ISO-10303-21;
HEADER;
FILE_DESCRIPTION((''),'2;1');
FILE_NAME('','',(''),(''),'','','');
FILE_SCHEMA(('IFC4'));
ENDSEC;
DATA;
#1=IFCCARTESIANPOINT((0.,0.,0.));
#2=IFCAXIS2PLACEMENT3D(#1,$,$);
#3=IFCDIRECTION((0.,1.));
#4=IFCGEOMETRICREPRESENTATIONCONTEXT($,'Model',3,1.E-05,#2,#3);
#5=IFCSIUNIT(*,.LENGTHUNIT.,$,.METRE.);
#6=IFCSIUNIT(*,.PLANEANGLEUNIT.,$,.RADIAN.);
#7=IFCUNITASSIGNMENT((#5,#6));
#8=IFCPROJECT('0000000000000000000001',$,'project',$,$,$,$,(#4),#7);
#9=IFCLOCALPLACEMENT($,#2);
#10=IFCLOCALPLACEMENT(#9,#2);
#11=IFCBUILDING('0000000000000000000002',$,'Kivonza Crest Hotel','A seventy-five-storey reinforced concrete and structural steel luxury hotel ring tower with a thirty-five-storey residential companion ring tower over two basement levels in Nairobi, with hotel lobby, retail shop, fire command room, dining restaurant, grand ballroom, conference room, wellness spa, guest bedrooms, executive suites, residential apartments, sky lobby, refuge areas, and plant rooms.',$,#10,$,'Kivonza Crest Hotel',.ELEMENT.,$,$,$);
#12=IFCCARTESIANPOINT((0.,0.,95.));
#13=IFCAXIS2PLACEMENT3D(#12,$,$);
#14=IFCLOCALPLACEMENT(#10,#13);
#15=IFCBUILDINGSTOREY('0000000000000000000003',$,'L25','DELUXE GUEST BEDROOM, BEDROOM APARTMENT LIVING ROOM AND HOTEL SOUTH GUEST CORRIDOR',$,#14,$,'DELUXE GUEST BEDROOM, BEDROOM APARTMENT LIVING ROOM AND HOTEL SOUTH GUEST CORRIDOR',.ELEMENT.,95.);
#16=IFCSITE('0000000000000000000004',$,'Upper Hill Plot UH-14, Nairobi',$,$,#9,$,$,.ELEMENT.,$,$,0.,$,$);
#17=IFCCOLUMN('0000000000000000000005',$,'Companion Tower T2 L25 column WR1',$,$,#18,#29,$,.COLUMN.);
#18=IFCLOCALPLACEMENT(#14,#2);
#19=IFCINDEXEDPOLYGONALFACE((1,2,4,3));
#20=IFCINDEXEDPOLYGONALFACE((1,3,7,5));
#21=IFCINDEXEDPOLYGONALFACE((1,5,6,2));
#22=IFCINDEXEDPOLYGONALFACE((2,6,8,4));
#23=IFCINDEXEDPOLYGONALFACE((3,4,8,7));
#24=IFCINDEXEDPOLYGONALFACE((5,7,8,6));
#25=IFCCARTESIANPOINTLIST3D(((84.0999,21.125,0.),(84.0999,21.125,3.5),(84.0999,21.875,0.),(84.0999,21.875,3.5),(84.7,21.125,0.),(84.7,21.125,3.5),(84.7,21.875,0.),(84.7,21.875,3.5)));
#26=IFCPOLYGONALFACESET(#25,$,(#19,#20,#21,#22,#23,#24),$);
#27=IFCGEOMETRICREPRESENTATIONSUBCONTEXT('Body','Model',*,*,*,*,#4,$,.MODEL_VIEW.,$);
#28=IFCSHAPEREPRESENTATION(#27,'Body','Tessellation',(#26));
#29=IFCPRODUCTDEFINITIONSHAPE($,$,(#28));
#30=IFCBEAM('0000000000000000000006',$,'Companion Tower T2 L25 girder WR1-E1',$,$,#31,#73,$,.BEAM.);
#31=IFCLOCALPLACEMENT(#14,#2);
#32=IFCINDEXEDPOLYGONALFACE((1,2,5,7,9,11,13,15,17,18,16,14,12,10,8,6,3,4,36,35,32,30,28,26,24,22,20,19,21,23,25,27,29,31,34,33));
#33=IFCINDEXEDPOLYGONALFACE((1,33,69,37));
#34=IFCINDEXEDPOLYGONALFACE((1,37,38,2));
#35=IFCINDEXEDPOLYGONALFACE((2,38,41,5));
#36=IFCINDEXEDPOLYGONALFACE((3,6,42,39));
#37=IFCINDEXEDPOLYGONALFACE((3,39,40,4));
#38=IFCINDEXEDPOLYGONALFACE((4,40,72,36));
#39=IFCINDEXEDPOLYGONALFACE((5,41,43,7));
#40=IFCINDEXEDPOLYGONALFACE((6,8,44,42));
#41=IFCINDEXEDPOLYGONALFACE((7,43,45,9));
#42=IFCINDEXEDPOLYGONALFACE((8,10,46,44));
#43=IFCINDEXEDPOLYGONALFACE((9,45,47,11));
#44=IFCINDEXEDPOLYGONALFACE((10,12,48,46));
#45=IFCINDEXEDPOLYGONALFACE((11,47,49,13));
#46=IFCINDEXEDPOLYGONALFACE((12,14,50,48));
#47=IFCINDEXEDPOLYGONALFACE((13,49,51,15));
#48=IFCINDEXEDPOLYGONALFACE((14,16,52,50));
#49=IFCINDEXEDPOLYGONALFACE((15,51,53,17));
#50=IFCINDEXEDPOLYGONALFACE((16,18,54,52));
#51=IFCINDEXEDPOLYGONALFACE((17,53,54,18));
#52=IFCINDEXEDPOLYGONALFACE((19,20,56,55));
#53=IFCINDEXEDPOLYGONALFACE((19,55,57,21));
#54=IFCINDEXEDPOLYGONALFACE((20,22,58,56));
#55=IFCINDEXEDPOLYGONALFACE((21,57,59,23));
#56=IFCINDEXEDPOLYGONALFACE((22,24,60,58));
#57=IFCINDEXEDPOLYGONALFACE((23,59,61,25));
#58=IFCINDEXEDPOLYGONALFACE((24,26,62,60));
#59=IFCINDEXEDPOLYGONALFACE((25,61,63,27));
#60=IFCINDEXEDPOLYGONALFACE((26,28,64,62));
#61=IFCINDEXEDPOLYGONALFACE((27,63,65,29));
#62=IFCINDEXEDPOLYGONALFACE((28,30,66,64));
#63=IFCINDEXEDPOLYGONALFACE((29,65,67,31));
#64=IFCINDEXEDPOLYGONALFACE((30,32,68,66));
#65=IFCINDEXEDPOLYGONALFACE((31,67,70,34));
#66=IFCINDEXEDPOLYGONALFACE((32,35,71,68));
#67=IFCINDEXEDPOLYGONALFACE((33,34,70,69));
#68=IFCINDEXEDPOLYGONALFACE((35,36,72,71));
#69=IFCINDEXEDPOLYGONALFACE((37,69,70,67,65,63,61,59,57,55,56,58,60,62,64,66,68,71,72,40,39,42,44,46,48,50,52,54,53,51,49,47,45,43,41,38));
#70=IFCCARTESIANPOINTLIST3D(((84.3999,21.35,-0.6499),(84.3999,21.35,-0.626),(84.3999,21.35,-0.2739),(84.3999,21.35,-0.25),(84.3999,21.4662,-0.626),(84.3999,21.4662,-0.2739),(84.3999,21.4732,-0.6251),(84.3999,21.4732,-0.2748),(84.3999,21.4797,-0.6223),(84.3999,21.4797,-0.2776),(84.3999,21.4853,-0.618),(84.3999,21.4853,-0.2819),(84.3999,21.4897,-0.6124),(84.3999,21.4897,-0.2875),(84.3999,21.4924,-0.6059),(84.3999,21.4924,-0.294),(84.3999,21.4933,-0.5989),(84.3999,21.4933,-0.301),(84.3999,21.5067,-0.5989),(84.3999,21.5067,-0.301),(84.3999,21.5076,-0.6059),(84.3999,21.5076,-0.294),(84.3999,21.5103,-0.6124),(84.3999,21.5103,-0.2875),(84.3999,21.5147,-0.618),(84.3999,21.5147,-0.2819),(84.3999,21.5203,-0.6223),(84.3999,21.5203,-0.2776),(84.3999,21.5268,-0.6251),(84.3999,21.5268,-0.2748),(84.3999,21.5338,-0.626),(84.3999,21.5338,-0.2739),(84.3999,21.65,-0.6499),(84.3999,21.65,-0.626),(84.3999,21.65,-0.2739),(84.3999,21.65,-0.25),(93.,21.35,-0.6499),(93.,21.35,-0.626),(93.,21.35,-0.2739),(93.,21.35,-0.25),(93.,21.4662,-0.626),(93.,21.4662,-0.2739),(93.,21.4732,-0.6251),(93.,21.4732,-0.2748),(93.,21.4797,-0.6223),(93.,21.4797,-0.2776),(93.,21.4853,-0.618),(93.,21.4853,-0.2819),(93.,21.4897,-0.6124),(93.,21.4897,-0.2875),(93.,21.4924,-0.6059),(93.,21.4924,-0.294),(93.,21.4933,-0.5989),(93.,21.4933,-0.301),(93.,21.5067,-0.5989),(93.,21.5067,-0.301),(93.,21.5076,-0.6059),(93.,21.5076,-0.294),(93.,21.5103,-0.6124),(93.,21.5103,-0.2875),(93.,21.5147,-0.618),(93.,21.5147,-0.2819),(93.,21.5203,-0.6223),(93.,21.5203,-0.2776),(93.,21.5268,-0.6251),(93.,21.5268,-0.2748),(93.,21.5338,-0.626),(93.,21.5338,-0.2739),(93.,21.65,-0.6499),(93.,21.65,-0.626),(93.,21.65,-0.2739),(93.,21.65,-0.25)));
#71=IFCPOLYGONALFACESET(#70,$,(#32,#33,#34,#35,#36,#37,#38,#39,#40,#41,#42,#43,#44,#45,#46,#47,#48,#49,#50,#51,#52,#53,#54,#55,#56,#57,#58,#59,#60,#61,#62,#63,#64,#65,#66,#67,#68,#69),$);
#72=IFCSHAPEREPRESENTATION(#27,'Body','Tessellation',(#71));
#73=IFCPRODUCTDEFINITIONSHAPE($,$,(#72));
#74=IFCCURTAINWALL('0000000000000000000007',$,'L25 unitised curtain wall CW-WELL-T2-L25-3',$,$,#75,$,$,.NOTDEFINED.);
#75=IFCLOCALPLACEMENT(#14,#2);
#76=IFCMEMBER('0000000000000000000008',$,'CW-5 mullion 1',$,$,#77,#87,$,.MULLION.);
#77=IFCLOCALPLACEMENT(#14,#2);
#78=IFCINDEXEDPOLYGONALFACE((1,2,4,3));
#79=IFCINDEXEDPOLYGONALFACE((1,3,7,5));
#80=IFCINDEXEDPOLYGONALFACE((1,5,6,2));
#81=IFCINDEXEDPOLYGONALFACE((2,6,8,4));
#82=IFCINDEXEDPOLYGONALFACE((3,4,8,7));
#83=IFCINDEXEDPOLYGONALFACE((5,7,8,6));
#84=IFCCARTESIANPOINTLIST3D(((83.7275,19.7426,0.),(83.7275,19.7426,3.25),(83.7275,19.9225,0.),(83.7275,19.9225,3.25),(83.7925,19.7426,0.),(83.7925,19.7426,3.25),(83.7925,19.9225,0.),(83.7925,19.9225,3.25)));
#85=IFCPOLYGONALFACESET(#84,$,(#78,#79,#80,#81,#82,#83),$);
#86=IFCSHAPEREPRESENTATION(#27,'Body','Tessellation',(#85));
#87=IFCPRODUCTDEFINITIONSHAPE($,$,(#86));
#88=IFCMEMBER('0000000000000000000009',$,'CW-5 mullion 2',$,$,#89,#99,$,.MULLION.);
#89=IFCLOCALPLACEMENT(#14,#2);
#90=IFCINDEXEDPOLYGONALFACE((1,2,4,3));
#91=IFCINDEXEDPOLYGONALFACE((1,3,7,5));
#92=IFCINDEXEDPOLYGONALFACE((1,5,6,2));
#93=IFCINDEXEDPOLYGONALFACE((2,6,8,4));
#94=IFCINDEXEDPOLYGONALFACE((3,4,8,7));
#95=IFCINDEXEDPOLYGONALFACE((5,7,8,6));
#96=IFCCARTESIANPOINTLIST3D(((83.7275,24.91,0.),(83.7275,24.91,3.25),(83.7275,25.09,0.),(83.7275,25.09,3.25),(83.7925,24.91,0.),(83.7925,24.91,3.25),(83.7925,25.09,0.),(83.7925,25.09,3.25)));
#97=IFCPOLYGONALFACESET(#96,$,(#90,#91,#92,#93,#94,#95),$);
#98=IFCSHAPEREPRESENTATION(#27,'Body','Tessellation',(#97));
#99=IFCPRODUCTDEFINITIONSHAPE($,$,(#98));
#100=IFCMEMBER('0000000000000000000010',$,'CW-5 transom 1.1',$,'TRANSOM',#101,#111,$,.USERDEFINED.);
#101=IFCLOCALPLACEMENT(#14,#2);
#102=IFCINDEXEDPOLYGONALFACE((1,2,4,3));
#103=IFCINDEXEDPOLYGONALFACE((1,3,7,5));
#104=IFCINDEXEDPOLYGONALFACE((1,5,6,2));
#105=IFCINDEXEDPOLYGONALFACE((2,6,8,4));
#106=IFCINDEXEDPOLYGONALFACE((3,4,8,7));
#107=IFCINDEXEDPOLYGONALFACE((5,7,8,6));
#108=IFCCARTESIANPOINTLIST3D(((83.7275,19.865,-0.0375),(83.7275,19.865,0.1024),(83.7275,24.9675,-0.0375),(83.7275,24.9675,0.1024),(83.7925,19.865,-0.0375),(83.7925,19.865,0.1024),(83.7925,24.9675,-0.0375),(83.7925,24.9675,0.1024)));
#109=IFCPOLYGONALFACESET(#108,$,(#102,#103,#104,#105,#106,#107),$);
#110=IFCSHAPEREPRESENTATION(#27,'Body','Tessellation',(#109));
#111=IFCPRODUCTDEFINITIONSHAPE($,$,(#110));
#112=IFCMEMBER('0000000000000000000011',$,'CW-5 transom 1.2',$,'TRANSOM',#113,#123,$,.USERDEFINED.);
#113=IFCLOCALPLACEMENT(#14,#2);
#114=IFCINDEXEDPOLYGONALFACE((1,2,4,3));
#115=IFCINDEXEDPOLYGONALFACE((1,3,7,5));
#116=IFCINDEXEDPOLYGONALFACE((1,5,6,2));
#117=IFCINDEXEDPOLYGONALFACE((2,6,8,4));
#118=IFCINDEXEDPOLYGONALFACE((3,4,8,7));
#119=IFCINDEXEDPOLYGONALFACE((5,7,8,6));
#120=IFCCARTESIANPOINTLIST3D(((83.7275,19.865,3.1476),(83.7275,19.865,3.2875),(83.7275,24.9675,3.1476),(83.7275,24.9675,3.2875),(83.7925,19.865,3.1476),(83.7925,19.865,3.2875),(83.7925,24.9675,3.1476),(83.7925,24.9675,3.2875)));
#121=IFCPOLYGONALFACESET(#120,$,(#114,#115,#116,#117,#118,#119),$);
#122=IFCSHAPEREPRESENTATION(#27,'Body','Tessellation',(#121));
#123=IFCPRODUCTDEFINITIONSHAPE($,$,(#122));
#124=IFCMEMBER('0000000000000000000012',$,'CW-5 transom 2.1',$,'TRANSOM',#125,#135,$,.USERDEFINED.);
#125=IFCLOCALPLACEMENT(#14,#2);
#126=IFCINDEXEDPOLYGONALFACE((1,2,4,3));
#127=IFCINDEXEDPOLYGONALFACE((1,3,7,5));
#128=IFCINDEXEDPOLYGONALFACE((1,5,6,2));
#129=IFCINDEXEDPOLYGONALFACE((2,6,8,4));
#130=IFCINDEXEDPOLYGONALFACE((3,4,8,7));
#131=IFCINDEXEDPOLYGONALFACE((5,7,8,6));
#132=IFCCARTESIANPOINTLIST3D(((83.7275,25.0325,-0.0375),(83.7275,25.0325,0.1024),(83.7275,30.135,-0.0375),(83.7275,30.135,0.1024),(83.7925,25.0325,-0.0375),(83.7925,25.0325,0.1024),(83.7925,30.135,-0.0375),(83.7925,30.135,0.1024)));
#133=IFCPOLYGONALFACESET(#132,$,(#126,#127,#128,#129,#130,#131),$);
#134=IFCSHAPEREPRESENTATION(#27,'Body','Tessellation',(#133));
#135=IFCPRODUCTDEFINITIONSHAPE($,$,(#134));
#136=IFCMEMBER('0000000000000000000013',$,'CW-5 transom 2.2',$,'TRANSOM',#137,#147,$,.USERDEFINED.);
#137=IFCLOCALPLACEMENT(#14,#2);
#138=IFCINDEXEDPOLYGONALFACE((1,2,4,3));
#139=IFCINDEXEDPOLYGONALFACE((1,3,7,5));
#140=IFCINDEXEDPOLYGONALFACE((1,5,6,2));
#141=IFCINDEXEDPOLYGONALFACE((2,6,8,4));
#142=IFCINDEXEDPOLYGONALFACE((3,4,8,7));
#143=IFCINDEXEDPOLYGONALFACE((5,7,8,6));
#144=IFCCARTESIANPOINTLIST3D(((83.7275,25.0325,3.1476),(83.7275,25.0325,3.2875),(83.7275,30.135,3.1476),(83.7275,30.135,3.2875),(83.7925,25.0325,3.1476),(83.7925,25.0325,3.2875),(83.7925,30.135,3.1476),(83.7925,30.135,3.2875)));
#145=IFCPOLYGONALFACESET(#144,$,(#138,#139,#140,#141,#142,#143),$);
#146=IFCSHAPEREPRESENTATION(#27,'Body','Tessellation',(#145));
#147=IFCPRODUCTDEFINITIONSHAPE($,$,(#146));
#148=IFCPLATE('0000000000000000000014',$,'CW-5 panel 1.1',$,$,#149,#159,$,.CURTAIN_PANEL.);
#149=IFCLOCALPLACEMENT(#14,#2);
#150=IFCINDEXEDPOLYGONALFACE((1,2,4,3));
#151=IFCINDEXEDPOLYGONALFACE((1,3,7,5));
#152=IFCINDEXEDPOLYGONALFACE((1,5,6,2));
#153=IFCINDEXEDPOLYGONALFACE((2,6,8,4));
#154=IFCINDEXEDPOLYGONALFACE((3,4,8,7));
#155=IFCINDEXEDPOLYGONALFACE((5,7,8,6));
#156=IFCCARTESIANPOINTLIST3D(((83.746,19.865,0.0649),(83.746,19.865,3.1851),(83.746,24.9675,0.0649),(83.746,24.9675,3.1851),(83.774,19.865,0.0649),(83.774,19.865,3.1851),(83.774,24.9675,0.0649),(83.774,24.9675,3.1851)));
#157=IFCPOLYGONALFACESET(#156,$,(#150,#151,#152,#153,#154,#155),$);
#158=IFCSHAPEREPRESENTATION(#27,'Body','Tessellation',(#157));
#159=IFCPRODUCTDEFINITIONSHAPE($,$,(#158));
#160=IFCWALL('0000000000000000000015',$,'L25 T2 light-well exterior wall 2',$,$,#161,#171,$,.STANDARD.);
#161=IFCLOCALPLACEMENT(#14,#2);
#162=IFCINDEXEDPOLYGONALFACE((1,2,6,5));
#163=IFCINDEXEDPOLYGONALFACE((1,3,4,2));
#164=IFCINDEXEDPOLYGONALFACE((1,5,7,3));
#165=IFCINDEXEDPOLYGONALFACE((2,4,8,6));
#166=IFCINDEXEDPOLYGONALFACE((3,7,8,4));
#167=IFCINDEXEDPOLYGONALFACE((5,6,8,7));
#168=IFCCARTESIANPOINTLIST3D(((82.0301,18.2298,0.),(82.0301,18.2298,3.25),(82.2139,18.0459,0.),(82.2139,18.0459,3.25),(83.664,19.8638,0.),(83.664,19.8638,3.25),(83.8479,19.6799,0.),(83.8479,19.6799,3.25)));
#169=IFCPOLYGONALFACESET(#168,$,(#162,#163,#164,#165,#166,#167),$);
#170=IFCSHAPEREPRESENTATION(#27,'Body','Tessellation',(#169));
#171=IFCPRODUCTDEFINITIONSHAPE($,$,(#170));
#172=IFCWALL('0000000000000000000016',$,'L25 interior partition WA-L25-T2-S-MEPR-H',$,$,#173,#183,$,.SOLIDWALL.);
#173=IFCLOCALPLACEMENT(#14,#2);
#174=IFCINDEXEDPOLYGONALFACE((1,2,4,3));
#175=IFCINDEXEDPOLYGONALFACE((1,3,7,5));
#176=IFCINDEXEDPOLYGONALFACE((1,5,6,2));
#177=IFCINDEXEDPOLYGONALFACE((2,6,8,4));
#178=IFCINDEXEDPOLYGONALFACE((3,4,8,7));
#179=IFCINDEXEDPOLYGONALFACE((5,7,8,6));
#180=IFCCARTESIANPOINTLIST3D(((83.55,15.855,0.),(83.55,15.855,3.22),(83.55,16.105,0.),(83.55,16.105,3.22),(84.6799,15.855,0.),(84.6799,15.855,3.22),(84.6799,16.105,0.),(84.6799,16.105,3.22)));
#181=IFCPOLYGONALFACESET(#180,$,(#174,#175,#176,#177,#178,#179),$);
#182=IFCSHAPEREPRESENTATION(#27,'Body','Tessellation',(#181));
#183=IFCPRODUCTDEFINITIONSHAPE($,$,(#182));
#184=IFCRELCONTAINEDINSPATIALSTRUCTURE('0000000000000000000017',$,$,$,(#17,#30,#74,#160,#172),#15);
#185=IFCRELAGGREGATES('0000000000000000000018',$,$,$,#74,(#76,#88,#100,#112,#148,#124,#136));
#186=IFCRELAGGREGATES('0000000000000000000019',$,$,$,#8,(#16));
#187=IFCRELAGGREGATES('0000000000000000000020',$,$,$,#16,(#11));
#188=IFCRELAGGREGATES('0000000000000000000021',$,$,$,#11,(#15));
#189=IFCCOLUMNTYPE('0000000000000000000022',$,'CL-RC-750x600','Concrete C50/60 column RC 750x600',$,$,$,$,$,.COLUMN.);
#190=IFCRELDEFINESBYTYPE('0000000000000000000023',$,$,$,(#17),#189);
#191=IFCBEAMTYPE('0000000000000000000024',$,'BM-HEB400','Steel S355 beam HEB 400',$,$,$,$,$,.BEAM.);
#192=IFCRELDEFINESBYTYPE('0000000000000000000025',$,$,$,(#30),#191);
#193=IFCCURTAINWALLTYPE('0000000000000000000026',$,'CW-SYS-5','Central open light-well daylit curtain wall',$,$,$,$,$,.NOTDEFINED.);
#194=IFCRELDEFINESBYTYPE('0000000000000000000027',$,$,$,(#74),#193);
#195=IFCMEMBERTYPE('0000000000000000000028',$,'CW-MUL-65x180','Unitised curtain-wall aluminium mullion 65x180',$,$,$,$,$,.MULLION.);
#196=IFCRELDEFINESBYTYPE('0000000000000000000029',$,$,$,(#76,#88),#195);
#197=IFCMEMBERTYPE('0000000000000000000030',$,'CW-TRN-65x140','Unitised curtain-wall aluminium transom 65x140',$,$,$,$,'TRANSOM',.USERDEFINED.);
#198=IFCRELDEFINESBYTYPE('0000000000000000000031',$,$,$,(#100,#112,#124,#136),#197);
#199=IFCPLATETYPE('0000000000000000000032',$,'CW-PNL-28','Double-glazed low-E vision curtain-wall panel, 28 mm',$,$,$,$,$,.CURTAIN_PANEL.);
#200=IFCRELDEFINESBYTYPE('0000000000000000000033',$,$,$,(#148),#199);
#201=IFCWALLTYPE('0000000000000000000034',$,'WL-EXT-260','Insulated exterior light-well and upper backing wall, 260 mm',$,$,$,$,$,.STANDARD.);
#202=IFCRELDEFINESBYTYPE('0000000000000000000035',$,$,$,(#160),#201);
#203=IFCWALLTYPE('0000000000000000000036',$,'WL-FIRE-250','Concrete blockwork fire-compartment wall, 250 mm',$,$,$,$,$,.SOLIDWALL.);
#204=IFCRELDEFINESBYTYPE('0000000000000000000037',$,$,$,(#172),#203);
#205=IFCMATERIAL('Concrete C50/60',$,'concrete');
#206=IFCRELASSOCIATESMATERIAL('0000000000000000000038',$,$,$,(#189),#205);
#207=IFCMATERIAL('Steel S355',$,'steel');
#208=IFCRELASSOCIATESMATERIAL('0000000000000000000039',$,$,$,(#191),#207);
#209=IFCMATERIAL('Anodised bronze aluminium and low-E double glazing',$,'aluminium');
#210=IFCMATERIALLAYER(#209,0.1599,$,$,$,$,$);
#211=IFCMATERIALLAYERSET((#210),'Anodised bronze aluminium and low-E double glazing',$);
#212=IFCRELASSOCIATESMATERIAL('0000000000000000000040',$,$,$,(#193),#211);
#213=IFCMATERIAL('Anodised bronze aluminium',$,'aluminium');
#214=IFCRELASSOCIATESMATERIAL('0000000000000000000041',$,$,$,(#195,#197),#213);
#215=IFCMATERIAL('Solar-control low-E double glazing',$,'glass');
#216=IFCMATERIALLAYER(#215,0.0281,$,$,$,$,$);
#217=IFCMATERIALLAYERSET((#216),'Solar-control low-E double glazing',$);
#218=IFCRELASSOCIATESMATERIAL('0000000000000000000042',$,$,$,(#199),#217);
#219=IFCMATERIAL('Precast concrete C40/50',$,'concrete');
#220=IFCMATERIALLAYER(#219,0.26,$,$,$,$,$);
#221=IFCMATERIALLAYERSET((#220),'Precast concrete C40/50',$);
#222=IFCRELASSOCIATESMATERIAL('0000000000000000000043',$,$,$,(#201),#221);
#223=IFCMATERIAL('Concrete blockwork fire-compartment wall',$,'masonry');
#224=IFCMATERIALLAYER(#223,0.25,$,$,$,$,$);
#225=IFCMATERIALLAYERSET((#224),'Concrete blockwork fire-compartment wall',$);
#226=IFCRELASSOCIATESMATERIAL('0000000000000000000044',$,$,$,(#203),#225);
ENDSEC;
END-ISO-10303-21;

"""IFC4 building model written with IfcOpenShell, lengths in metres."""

from ifc_helpers import new_model, si_unit, direction, frame, frame_2d, origin, origin_2d, place, context, subcontext, project, spatial, rectangle, i_section, extrude, material, layer, layer_set, material_profile, profile_set, type_object, element, aggregate, save


model = new_model("IFC4")

# Units and contexts
model_context = context("Model", 3, precision=1e-05, world=origin(), true_north=direction((0.0, 1.0)))
body_context = subcontext(model_context, "Body", "Model", "MODEL_VIEW")
ifc_project = project(units=[si_unit("LENGTHUNIT", "METRE"), si_unit("PLANEANGLEUNIT", "RADIAN")], contexts=[model_context])

# Site, building, storey
site_placement = place(None, origin())
site = spatial("IfcSite", under=ifc_project, at=site_placement, Name="Upper Hill Plot UH-14, Nairobi", CompositionType="ELEMENT", RefElevation=0.0)
building_placement = place(site_placement, origin())
building = spatial("IfcBuilding", under=site, at=building_placement, Name="Kivonza Crest Hotel", Description="A seventy-five-storey reinforced concrete and structural steel luxury hotel ring tower with a thirty-five-storey residential companion ring tower over two basement levels in Nairobi, with hotel lobby, retail shop, fire command room, dining restaurant, grand ballroom, conference room, wellness spa, guest bedrooms, executive suites, residential apartments, sky lobby, refuge areas, and plant rooms.", LongName="Kivonza Crest Hotel", CompositionType="ELEMENT")
storey_placement = place(building_placement, frame((0.0, 0.0, 95.0)))
storey = spatial("IfcBuildingStorey", under=building, at=storey_placement, Name="L25", Description="DELUXE GUEST BEDROOM, BEDROOM APARTMENT LIVING ROOM AND HOTEL SOUTH GUEST CORRIDOR", LongName="DELUXE GUEST BEDROOM, BEDROOM APARTMENT LIVING ROOM AND HOTEL SOUTH GUEST CORRIDOR", CompositionType="ELEMENT", Elevation=95.0)

# Column
ifc_material_1 = material(Name="Concrete C50/60", Category="concrete")
ifc_material_profile_1 = material_profile(ifc_material_1, rectangle(XDim=0.6001, YDim=0.75, at=origin_2d()), Name="RC 750x600")
ifc_profile_set_1 = profile_set([ifc_material_profile_1], Name="Concrete C50/60")
column_type = type_object("IfcColumnType", Name="CL-RC-750x600", Description="Concrete C50/60 column RC 750x600", PredefinedType="COLUMN", material=ifc_profile_set_1)
column_placement = place(storey_placement, frame((84.3999, 21.5, 0.0), z_axis=(0.0, 0.0, 1.0), x_axis=(1.0, 0.0, 0.0)))
element("IfcColumn", 1, at=column_placement, inside=storey, type_object=column_type, Name="Companion Tower T2 L25 column WR1", PredefinedType="COLUMN", context=body_context, shape_type="SweptSolid", body=[
    extrude(rectangle(XDim=0.6001, YDim=0.75, at=origin_2d()), origin(), (0.0, 0.0, 1.0), 3.5),
])

# Beam
ifc_material_2 = material(Name="Steel S355", Category="steel")
ifc_material_profile_2 = material_profile(ifc_material_2, i_section(OverallWidth=0.3, OverallDepth=0.3999, WebThickness=0.0134, FlangeThickness=0.0239, FilletRadius=0.0271, at=origin_2d()), Name="HEB 400")
ifc_profile_set_2 = profile_set([ifc_material_profile_2], Name="Steel S355")
beam_type = type_object("IfcBeamType", Name="BM-HEB400", Description="Steel S355 beam HEB 400", PredefinedType="BEAM", material=ifc_profile_set_2)
beam_placement = place(storey_placement, frame((84.3999, 21.5, -0.45), z_axis=(1.0, 0.0, 0.0), x_axis=(0.0, 1.0, 0.0)))
element("IfcBeam", 2, at=beam_placement, inside=storey, type_object=beam_type, Name="Companion Tower T2 L25 girder WR1-E1", PredefinedType="BEAM", context=body_context, shape_type="SweptSolid", body=[
    extrude(i_section(OverallWidth=0.3, OverallDepth=0.3999, WebThickness=0.0134, FlangeThickness=0.0239, FilletRadius=0.0271, at=origin_2d()), origin(), (0.0, 0.0, 1.0), 8.6001),
])

# Curtain wall, members, plate
ifc_material_3 = material(Name="Anodised bronze aluminium and low-E double glazing", Category="aluminium")
ifc_layer_1 = layer(ifc_material_3, 0.1599)
ifc_layer_set_1 = layer_set([ifc_layer_1], Name="Anodised bronze aluminium and low-E double glazing")
curtain_wall_type = type_object("IfcCurtainWallType", Name="CW-SYS-5", Description="Central open light-well daylit curtain wall", PredefinedType="NOTDEFINED", material=ifc_layer_set_1)
curtain_wall_placement = place(storey_placement, origin())
curtain_wall = element("IfcCurtainWall", 3, at=curtain_wall_placement, inside=storey, type_object=curtain_wall_type, Name="L25 unitised curtain wall CW-WELL-T2-L25-3", PredefinedType="NOTDEFINED")
ifc_material_4 = material(Name="Anodised bronze aluminium", Category="aluminium")
ifc_material_profile_3 = material_profile(ifc_material_4, rectangle(XDim=0.0649, YDim=0.1799, at=origin_2d()), Name="CW-M 65x180")
ifc_profile_set_3 = profile_set([ifc_material_profile_3], Name="Anodised bronze aluminium")
member_type_1 = type_object("IfcMemberType", Name="CW-MUL-65x180", Description="Unitised curtain-wall aluminium mullion 65x180", PredefinedType="MULLION", material=ifc_profile_set_3)
member_1_placement = place(storey_placement, frame((83.76, 19.8325, 0.0), z_axis=(0.0, 0.0, 1.0), x_axis=(-1.0, 0.0, 0.0)))
member_1 = element("IfcMember", 4, at=member_1_placement, type_object=member_type_1, Name="CW-5 mullion 1", PredefinedType="MULLION", context=body_context, shape_type="SweptSolid", body=[
    extrude(rectangle(XDim=0.0649, YDim=0.1799, at=origin_2d()), origin(), (0.0, 0.0, 1.0), 3.25),
])
member_2_placement = place(storey_placement, frame((83.76, 25.0, 0.0), z_axis=(0.0, 0.0, 1.0), x_axis=(-1.0, 0.0, 0.0)))
member_2 = element("IfcMember", 5, at=member_2_placement, type_object=member_type_1, Name="CW-5 mullion 2", PredefinedType="MULLION", context=body_context, shape_type="SweptSolid", body=[
    extrude(rectangle(XDim=0.0649, YDim=0.1799, at=origin_2d()), origin(), (0.0, 0.0, 1.0), 3.25),
])
ifc_material_profile_4 = material_profile(ifc_material_4, rectangle(XDim=0.0649, YDim=0.1399, at=origin_2d()), Name="CW-T 65x140")
ifc_profile_set_4 = profile_set([ifc_material_profile_4], Name="Anodised bronze aluminium")
member_type_2 = type_object("IfcMemberType", Name="CW-TRN-65x140", Description="Unitised curtain-wall aluminium transom 65x140", ElementType="TRANSOM", PredefinedType="USERDEFINED", material=ifc_profile_set_4)
member_3_placement = place(storey_placement, frame((83.76, 19.865, 0.0325), z_axis=(0.0, 1.0, 0.0), x_axis=(-1.0, 0.0, 0.0)))
member_3 = element("IfcMember", 6, at=member_3_placement, type_object=member_type_2, Name="CW-5 transom 1.1", ObjectType="TRANSOM", PredefinedType="USERDEFINED", context=body_context, shape_type="SweptSolid", body=[
    extrude(rectangle(XDim=0.0649, YDim=0.1399, at=origin_2d()), origin(), (0.0, 0.0, 1.0), 5.1025),
])
member_4_placement = place(storey_placement, frame((83.76, 19.865, 3.2175), z_axis=(0.0, 1.0, 0.0), x_axis=(-1.0, 0.0, 0.0)))
member_4 = element("IfcMember", 7, at=member_4_placement, type_object=member_type_2, Name="CW-5 transom 1.2", ObjectType="TRANSOM", PredefinedType="USERDEFINED", context=body_context, shape_type="SweptSolid", body=[
    extrude(rectangle(XDim=0.0649, YDim=0.1399, at=origin_2d()), origin(), (0.0, 0.0, 1.0), 5.1025),
])
member_5_placement = place(storey_placement, frame((83.76, 25.0325, 0.0325), z_axis=(0.0, 1.0, 0.0), x_axis=(-1.0, 0.0, 0.0)))
member_5 = element("IfcMember", 8, at=member_5_placement, type_object=member_type_2, Name="CW-5 transom 2.1", ObjectType="TRANSOM", PredefinedType="USERDEFINED", context=body_context, shape_type="SweptSolid", body=[
    extrude(rectangle(XDim=0.0649, YDim=0.1399, at=origin_2d()), origin(), (0.0, 0.0, 1.0), 5.1025),
])
member_6_placement = place(storey_placement, frame((83.76, 25.0325, 3.2175), z_axis=(0.0, 1.0, 0.0), x_axis=(-1.0, 0.0, 0.0)))
member_6 = element("IfcMember", 9, at=member_6_placement, type_object=member_type_2, Name="CW-5 transom 2.2", ObjectType="TRANSOM", PredefinedType="USERDEFINED", context=body_context, shape_type="SweptSolid", body=[
    extrude(rectangle(XDim=0.0649, YDim=0.1399, at=origin_2d()), origin(), (0.0, 0.0, 1.0), 5.1025),
])
ifc_material_5 = material(Name="Solar-control low-E double glazing", Category="glass")
ifc_layer_2 = layer(ifc_material_5, 0.0281)
ifc_layer_set_2 = layer_set([ifc_layer_2], Name="Solar-control low-E double glazing")
plate_type = type_object("IfcPlateType", Name="CW-PNL-28", Description="Double-glazed low-E vision curtain-wall panel, 28 mm", PredefinedType="CURTAIN_PANEL", material=ifc_layer_set_2)
plate_placement = place(storey_placement, frame((83.76, 22.4163, 0.0649), z_axis=(0.0, 0.0, 1.0), x_axis=(0.0, 1.0, 0.0)))
plate = element("IfcPlate", 10, at=plate_placement, type_object=plate_type, Name="CW-5 panel 1.1", PredefinedType="CURTAIN_PANEL", context=body_context, shape_type="SweptSolid", body=[
    extrude(rectangle(XDim=5.1025, YDim=0.0281, at=origin_2d()), origin(), (0.0, 0.0, 1.0), 3.1201),
])
aggregate(curtain_wall, [member_1, member_2, member_3, member_4, plate, member_5, member_6])

# Walls
ifc_material_6 = material(Name="Precast concrete C40/50", Category="concrete")
ifc_layer_3 = layer(ifc_material_6, 0.26)
ifc_layer_set_3 = layer_set([ifc_layer_3], Name="Precast concrete C40/50")
wall_type_1 = type_object("IfcWallType", Name="WL-EXT-260", Description="Insulated exterior light-well and upper backing wall, 260 mm", PredefinedType="STANDARD", material=ifc_layer_set_3)
wall_1_placement = place(storey_placement, frame((82.1221, 18.1379, 0.0), z_axis=(0.0, 0.0, 1.0), x_axis=(0.707107, 0.707107, 0.0)))
element("IfcWall", 11, at=wall_1_placement, inside=storey, type_object=wall_type_1, Name="L25 T2 light-well exterior wall 2", PredefinedType="STANDARD", context=body_context, shape_type="SweptSolid", body=[
    extrude(rectangle(XDim=2.3108, YDim=0.26, at=frame_2d((1.1553, 0.0))), origin(), (0.0, 0.0, 1.0), 3.25),
])
ifc_material_7 = material(Name="Concrete blockwork fire-compartment wall", Category="masonry")
ifc_layer_4 = layer(ifc_material_7, 0.25)
ifc_layer_set_4 = layer_set([ifc_layer_4], Name="Concrete blockwork fire-compartment wall")
wall_type_2 = type_object("IfcWallType", Name="WL-FIRE-250", Description="Concrete blockwork fire-compartment wall, 250 mm", PredefinedType="SOLIDWALL", material=ifc_layer_set_4)
wall_2_placement = place(storey_placement, frame((83.55, 15.98, 0.0), z_axis=(0.0, 0.0, 1.0), x_axis=(1.0, 0.0, 0.0)))
element("IfcWall", 12, at=wall_2_placement, inside=storey, type_object=wall_type_2, Name="L25 interior partition WA-L25-T2-S-MEPR-H", PredefinedType="SOLIDWALL", context=body_context, shape_type="SweptSolid", body=[
    extrude(rectangle(XDim=1.1299, YDim=0.25, at=frame_2d((0.5649, 0.0))), origin(), (0.0, 0.0, 1.0), 3.22),
])

save(model, "model.ifc")
